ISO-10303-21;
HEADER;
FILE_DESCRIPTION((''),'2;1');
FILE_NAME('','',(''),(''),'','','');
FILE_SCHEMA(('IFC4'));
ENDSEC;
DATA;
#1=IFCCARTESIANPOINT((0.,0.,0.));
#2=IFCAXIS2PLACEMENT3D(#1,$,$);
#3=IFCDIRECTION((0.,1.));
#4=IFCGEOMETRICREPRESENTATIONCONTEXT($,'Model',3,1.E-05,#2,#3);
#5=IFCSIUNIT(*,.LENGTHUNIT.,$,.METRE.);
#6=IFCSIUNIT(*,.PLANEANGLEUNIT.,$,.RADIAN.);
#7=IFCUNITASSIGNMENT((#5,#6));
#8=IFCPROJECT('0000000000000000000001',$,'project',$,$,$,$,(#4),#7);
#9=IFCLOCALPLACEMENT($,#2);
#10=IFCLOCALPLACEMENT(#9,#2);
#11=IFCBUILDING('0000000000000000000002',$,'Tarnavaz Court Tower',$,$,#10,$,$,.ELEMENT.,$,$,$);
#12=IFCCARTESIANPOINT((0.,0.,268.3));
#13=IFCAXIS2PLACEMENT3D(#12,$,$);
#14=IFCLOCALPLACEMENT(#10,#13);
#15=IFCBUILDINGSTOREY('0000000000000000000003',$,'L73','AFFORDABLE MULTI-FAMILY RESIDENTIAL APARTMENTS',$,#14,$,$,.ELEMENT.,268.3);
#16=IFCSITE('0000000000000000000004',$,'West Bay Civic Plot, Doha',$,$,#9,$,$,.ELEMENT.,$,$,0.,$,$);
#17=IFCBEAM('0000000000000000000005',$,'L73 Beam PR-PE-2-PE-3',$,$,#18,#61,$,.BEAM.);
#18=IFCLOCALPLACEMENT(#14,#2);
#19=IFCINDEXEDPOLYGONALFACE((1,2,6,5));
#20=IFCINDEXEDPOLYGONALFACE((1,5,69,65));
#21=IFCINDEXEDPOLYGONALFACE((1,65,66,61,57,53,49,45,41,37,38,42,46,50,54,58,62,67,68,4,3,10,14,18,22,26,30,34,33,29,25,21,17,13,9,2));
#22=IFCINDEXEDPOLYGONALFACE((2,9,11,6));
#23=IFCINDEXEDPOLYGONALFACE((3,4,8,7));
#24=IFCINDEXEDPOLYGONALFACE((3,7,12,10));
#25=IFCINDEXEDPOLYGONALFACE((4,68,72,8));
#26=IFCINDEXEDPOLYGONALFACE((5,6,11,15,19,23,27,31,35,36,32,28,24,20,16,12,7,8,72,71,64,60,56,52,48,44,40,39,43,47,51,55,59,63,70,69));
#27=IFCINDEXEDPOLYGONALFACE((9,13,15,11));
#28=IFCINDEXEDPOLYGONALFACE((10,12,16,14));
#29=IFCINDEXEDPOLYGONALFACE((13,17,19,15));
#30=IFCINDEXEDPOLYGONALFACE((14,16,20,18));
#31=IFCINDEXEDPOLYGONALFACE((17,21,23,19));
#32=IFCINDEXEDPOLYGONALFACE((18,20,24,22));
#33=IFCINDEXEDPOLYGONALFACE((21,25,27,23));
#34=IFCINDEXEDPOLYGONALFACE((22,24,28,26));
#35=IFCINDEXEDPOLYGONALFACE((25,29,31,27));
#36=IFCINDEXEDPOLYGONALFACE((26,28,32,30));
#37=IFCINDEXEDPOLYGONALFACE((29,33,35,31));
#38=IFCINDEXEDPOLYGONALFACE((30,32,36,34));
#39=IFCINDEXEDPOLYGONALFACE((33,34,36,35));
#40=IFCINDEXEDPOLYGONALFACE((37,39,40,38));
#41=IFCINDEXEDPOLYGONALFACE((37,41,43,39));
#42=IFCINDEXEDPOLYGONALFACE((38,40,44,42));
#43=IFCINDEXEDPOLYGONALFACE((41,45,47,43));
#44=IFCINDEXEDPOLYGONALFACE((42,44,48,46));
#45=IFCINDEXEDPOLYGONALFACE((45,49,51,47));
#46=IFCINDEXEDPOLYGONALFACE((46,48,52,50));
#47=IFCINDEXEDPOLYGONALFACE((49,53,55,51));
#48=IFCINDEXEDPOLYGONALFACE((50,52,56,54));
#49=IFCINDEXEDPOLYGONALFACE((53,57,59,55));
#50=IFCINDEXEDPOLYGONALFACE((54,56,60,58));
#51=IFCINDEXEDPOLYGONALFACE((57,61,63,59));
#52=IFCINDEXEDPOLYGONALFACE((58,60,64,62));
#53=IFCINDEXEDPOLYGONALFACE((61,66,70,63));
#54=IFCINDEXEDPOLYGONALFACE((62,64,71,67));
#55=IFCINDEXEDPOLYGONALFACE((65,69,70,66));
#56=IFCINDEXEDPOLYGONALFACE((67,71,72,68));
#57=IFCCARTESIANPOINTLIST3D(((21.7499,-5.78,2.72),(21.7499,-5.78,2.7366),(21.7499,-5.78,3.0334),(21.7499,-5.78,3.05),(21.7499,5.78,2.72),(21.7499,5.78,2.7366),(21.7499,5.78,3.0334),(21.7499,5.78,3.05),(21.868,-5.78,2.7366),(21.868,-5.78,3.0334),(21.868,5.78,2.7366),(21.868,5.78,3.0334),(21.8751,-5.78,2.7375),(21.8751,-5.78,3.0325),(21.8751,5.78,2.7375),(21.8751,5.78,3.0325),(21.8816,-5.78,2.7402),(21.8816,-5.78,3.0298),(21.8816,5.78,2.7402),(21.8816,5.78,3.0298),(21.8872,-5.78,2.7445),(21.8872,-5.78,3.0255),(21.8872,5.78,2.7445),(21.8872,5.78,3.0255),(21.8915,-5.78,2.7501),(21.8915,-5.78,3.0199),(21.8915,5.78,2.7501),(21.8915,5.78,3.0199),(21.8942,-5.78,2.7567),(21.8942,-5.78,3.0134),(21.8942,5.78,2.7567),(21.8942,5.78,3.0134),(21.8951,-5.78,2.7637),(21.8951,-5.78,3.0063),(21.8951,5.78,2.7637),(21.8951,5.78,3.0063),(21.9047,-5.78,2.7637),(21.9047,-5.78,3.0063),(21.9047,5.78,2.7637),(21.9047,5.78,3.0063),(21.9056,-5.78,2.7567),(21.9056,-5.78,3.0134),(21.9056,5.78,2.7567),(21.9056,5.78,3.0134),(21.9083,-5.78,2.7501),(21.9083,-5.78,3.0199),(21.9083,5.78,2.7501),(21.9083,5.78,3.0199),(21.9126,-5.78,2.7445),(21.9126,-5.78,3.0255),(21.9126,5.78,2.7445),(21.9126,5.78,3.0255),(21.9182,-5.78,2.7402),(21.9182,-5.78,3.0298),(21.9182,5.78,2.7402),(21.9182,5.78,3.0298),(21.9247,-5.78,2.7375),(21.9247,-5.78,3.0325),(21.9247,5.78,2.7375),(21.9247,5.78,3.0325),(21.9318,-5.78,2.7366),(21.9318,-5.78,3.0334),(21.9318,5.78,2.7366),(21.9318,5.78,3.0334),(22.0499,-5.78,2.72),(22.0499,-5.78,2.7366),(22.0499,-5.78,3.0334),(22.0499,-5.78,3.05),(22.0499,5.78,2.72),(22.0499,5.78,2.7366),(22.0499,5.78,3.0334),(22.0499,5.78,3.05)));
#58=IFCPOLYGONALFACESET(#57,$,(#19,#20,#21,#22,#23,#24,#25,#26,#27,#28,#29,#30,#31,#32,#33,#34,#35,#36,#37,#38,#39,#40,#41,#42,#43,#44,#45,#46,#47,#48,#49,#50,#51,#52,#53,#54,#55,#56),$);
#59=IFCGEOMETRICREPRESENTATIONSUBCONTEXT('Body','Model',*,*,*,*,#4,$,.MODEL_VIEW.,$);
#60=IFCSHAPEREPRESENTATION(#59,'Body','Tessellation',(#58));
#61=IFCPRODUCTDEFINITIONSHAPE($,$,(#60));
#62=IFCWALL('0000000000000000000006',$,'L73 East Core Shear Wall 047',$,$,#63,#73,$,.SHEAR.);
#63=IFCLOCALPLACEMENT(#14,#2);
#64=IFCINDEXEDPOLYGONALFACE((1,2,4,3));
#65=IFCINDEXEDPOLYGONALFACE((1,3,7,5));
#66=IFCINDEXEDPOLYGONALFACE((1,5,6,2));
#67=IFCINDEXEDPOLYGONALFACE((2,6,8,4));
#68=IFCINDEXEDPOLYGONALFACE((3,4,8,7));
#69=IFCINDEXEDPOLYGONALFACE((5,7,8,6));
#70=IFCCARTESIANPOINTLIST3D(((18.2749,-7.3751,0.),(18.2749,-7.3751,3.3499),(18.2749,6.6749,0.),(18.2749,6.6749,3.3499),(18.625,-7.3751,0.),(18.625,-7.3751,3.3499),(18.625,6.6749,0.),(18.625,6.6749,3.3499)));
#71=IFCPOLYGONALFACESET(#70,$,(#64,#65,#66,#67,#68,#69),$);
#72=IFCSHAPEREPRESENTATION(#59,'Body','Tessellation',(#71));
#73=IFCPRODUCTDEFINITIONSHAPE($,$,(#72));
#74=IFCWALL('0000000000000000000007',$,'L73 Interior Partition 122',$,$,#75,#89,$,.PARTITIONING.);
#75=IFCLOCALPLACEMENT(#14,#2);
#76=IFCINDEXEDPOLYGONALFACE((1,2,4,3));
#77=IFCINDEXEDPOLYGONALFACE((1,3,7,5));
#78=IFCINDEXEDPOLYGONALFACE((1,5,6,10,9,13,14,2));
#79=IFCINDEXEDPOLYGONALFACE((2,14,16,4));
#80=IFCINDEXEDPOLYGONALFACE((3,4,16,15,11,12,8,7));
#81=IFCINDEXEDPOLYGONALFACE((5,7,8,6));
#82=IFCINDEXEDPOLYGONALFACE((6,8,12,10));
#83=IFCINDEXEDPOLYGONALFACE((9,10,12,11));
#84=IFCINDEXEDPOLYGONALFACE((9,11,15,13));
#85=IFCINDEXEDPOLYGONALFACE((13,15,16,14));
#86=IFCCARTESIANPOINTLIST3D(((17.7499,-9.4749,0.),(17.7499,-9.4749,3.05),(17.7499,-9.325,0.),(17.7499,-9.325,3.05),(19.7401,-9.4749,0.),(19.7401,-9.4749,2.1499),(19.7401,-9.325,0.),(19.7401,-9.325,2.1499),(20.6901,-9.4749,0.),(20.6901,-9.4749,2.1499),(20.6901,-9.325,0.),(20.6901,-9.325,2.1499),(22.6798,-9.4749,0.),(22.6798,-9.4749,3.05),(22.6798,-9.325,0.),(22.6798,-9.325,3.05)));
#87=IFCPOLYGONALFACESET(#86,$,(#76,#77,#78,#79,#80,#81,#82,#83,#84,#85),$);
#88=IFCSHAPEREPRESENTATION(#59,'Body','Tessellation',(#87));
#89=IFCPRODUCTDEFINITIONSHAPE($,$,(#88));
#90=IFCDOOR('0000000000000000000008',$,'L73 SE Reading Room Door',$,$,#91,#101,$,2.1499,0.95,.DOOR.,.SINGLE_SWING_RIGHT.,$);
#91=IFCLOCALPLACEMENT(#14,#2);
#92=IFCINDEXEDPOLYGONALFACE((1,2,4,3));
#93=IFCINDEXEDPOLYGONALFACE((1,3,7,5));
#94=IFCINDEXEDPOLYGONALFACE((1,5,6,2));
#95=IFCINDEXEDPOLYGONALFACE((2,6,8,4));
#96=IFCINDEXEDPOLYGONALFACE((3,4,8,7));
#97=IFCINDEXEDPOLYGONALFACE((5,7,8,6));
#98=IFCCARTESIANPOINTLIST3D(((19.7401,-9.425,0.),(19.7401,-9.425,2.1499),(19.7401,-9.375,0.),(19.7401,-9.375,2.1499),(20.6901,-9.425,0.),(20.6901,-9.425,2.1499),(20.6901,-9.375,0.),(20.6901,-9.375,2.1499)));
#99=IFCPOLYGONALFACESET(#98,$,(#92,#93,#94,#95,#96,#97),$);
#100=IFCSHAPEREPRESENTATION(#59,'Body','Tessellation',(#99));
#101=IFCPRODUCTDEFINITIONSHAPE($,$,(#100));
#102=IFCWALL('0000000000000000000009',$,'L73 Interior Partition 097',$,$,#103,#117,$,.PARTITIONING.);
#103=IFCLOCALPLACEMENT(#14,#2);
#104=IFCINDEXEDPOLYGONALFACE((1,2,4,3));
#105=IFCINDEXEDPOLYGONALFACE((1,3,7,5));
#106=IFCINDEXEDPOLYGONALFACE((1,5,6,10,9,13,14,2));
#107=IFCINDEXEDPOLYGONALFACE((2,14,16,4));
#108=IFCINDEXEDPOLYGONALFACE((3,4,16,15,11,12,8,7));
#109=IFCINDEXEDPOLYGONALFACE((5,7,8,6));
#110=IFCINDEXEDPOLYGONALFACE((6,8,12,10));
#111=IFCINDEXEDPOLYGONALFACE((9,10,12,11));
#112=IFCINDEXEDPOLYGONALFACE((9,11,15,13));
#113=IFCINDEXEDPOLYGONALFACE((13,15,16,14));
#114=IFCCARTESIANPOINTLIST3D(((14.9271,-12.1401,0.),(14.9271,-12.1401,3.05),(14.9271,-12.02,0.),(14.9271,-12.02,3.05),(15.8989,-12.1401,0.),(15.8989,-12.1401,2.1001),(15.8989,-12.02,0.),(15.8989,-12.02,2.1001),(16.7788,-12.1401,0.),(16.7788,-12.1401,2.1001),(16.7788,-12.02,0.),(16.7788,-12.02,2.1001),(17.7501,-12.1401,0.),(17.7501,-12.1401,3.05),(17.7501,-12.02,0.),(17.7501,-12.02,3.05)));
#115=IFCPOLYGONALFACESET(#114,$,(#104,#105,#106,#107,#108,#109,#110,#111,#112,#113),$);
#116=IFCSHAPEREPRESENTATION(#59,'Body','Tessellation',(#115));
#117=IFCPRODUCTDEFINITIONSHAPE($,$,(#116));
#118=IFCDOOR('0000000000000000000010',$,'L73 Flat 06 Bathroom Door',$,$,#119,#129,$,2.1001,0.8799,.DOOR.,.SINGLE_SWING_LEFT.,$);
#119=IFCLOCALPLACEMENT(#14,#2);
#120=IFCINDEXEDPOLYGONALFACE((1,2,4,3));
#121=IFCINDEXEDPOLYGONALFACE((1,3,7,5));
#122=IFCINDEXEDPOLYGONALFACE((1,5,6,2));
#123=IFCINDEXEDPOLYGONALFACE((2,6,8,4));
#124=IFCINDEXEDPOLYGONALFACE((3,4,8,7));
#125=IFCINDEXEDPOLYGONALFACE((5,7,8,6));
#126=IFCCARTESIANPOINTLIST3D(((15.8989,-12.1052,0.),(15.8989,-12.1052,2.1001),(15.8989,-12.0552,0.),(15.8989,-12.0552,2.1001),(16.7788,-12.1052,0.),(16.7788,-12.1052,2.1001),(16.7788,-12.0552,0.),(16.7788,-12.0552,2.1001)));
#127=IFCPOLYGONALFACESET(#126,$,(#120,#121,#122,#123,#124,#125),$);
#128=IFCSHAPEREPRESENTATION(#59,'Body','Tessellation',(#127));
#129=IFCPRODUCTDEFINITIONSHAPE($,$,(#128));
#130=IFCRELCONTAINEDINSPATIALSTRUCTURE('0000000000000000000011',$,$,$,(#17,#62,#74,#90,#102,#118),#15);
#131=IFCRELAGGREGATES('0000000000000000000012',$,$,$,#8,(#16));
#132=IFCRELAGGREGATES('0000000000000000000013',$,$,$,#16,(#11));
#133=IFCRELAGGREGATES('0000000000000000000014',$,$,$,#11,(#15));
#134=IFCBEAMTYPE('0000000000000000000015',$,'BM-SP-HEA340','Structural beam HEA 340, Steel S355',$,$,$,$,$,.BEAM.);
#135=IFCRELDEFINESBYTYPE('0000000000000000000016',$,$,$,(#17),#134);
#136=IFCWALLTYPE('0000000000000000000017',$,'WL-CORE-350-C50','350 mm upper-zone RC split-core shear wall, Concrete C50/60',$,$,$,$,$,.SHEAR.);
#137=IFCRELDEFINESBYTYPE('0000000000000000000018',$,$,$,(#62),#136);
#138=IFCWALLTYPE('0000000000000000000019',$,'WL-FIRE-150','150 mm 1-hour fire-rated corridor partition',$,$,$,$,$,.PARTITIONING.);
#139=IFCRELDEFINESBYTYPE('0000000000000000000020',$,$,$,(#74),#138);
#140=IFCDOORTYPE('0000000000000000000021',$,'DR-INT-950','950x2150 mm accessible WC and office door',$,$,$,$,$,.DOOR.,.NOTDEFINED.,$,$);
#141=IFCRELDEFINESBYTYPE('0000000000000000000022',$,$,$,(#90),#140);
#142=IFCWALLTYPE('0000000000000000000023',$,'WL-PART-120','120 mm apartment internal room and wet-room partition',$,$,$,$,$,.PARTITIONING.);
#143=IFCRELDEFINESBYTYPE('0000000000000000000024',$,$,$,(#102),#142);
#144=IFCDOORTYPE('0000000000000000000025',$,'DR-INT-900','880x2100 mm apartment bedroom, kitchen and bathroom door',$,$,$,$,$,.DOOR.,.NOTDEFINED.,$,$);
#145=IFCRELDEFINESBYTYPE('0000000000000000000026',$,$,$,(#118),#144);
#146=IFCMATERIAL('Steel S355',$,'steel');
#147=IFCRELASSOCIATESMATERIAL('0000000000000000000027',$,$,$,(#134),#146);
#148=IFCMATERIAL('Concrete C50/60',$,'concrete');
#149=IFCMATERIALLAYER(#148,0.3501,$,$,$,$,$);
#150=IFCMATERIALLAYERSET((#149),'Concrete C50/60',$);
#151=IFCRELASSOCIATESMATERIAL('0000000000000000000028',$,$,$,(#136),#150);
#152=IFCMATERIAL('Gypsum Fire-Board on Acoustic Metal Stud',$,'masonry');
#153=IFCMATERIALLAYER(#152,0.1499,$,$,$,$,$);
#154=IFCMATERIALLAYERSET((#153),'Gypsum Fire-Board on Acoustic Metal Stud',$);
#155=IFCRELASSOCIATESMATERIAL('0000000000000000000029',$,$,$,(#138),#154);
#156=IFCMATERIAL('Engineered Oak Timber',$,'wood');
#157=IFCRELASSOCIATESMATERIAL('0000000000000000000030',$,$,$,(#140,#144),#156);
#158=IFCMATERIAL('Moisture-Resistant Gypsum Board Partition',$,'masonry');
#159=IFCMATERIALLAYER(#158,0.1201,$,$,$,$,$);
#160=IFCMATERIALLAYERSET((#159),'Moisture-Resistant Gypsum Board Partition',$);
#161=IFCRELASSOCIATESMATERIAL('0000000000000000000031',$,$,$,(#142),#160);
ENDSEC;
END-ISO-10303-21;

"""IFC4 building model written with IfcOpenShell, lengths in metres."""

from ifc_helpers import new_model, si_unit, direction, frame, frame_2d, origin, origin_2d, place, context, subcontext, project, spatial, rectangle, i_section, extrude, material, layer, layer_set, material_profile, profile_set, type_object, element, fill, save


model = new_model("IFC4")

# Units and contexts
model_context = context("Model", 3, precision=1e-05, world=origin(), true_north=direction((0.0, 1.0)))
body_context = subcontext(model_context, "Body", "Model", "MODEL_VIEW")
ifc_project = project(units=[si_unit("LENGTHUNIT", "METRE"), si_unit("PLANEANGLEUNIT", "RADIAN")], contexts=[model_context])

# Site, building, storey
site_placement = place(None, origin())
site = spatial("IfcSite", under=ifc_project, at=site_placement, Name="West Bay Civic Plot, Doha", CompositionType="ELEMENT", RefElevation=0.0)
building_placement = place(site_placement, origin())
building = spatial("IfcBuilding", under=site, at=building_placement, Name="Tarnavaz Court Tower", CompositionType="ELEMENT")
storey_placement = place(building_placement, frame((0.0, 0.0, 268.3)))
storey = spatial("IfcBuildingStorey", under=building, at=storey_placement, Name="L73", Description="AFFORDABLE MULTI-FAMILY RESIDENTIAL APARTMENTS", CompositionType="ELEMENT", Elevation=268.3)

# Shared definitions
ifc_material_1 = material(Name="Concrete C50/60", Category="concrete")

# Beam
ifc_material_2 = material(Name="Steel S355", Category="steel")
ifc_material_profile_1 = material_profile(ifc_material_2, i_section(OverallWidth=0.3, OverallDepth=0.3301, WebThickness=0.0095, FlangeThickness=0.0166, FilletRadius=0.0271, at=origin_2d()), Name="HEA 340")
ifc_profile_set_1 = profile_set([ifc_material_profile_1], Name="Steel S355")
beam_type_1 = type_object("IfcBeamType", Name="BM-SP-HEA340", Description="Structural beam HEA 340, Steel S355", PredefinedType="BEAM", material=ifc_profile_set_1)
beam_1_placement = place(storey_placement, frame((21.8999, -5.78, 2.885), z_axis=(0.0, 1.0, 0.0), x_axis=(-1.0, 0.0, 0.0)))
element("IfcBeam", 1, at=beam_1_placement, inside=storey, type_object=beam_type_1, Name="L73 Beam PR-PE-2-PE-3", PredefinedType="BEAM", context=body_context, shape_type="SweptSolid", body=[
    extrude(i_section(OverallWidth=0.3, OverallDepth=0.3301, WebThickness=0.0095, FlangeThickness=0.0166, FilletRadius=0.0271, at=origin_2d()), origin(), (0.0, 0.0, 1.0), 11.5601),
])

# Wall
ifc_layer_1 = layer(ifc_material_1, 0.3501)
ifc_layer_set_1 = layer_set([ifc_layer_1], Name="Concrete C50/60")
wall_type_1 = type_object("IfcWallType", Name="WL-CORE-350-C50", Description="350 mm upper-zone RC split-core shear wall, Concrete C50/60", PredefinedType="SHEAR", material=ifc_layer_set_1)
wall_1_placement = place(storey_placement, frame((18.45, -7.375, 0.0), z_axis=(0.0, 0.0, 1.0), x_axis=(0.0, 1.0, 0.0)))
element("IfcWall", 2, at=wall_1_placement, inside=storey, type_object=wall_type_1, Name="L73 East Core Shear Wall 047", PredefinedType="SHEAR", context=body_context, shape_type="SweptSolid", body=[
    extrude(rectangle(XDim=14.05, YDim=0.3501, at=frame_2d((7.0249, 0.0))), origin(), (0.0, 0.0, 1.0), 3.3499),
])

# Walls, openings, doors
ifc_material_3 = material(Name="Gypsum Fire-Board on Acoustic Metal Stud", Category="masonry")
ifc_layer_2 = layer(ifc_material_3, 0.1499)
ifc_layer_set_2 = layer_set([ifc_layer_2], Name="Gypsum Fire-Board on Acoustic Metal Stud")
wall_type_2 = type_object("IfcWallType", Name="WL-FIRE-150", Description="150 mm 1-hour fire-rated corridor partition", PredefinedType="PARTITIONING", material=ifc_layer_set_2)
wall_2_placement = place(storey_placement, frame((17.75, -9.3999, 0.0), z_axis=(0.0, 0.0, 1.0), x_axis=(1.0, 0.0, 0.0)))
wall_2 = element("IfcWall", 3, at=wall_2_placement, inside=storey, type_object=wall_type_2, Name="L73 Interior Partition 122", PredefinedType="PARTITIONING", context=body_context, shape_type="SweptSolid", body=[
    extrude(rectangle(XDim=4.9299, YDim=0.1499, at=frame_2d((2.4648, 0.0))), origin(), (0.0, 0.0, 1.0), 3.05),
])
opening_1_placement = place(wall_2_placement, frame((1.99, 0.0, 0.0)))
opening_1 = element("IfcOpeningElement", 4, at=opening_1_placement, cuts=wall_2, PredefinedType="OPENING", context=body_context, shape_type="SweptSolid", body=[
    extrude(rectangle(XDim=0.95, YDim=2.1499, at=frame_2d((0.4751, 1.075))), frame((0.0, 0.085, 0.0), z_axis=(0.0, -1.0, 0.0), x_axis=(1.0, 0.0, 0.0)), (0.0, 0.0, 1.0), 0.1699),
])
ifc_material_4 = material(Name="Engineered Oak Timber", Category="wood")
door_type_1 = type_object("IfcDoorType", Name="DR-INT-950", Description="950x2150 mm accessible WC and office door", OperationType="NOTDEFINED", PredefinedType="DOOR", material=ifc_material_4)
door_1_placement = place(opening_1_placement, origin())
door_1 = element("IfcDoor", 5, at=door_1_placement, inside=storey, type_object=door_type_1, Name="L73 SE Reading Room Door", OperationType="SINGLE_SWING_RIGHT", OverallHeight=2.1499, OverallWidth=0.95, PredefinedType="DOOR", context=body_context, shape_type="SweptSolid", body=[
    extrude(rectangle(XDim=0.95, YDim=2.1499, at=frame_2d((0.4751, 1.075))), frame((0.0, 0.0249, 0.0), z_axis=(0.0, -1.0, 0.0), x_axis=(1.0, 0.0, 0.0)), (0.0, 0.0, 1.0), 0.05),
])
fill(opening_1, door_1)
ifc_material_5 = material(Name="Moisture-Resistant Gypsum Board Partition", Category="masonry")
ifc_layer_3 = layer(ifc_material_5, 0.1201)
ifc_layer_set_3 = layer_set([ifc_layer_3], Name="Moisture-Resistant Gypsum Board Partition")
wall_type_3 = type_object("IfcWallType", Name="WL-PART-120", Description="120 mm apartment internal room and wet-room partition", PredefinedType="PARTITIONING", material=ifc_layer_set_3)
wall_3_placement = place(storey_placement, frame((14.927, -12.0801, 0.0), z_axis=(0.0, 0.0, 1.0), x_axis=(1.0, 0.0, 0.0)))
wall_3 = element("IfcWall", 6, at=wall_3_placement, inside=storey, type_object=wall_type_3, Name="L73 Interior Partition 097", PredefinedType="PARTITIONING", context=body_context, shape_type="SweptSolid", body=[
    extrude(rectangle(XDim=2.823, YDim=0.1201, at=frame_2d((1.4116, 0.0))), origin(), (0.0, 0.0, 1.0), 3.05),
])
opening_2_placement = place(wall_3_placement, frame((0.9719, 0.0, 0.0)))
opening_2 = element("IfcOpeningElement", 7, at=opening_2_placement, cuts=wall_3, PredefinedType="OPENING", context=body_context, shape_type="SweptSolid", body=[
    extrude(rectangle(XDim=0.8799, YDim=2.1001, at=frame_2d((0.4399, 1.05))), frame((0.0, 0.0701, 0.0), z_axis=(0.0, -1.0, 0.0), x_axis=(1.0, 0.0, 0.0)), (0.0, 0.0, 1.0), 0.1401),
])
door_type_2 = type_object("IfcDoorType", Name="DR-INT-900", Description="880x2100 mm apartment bedroom, kitchen and bathroom door", OperationType="NOTDEFINED", PredefinedType="DOOR", material=ifc_material_4)
door_2_placement = place(opening_2_placement, origin())
door_2 = element("IfcDoor", 8, at=door_2_placement, inside=storey, type_object=door_type_2, Name="L73 Flat 06 Bathroom Door", OperationType="SINGLE_SWING_LEFT", OverallHeight=2.1001, OverallWidth=0.8799, PredefinedType="DOOR", context=body_context, shape_type="SweptSolid", body=[
    extrude(rectangle(XDim=0.8799, YDim=2.1001, at=frame_2d((0.4399, 1.05))), frame((0.0, 0.0249, 0.0), z_axis=(0.0, -1.0, 0.0), x_axis=(1.0, 0.0, 0.0)), (0.0, 0.0, 1.0), 0.05),
])
fill(opening_2, door_2)

save(model, "model.ifc")
